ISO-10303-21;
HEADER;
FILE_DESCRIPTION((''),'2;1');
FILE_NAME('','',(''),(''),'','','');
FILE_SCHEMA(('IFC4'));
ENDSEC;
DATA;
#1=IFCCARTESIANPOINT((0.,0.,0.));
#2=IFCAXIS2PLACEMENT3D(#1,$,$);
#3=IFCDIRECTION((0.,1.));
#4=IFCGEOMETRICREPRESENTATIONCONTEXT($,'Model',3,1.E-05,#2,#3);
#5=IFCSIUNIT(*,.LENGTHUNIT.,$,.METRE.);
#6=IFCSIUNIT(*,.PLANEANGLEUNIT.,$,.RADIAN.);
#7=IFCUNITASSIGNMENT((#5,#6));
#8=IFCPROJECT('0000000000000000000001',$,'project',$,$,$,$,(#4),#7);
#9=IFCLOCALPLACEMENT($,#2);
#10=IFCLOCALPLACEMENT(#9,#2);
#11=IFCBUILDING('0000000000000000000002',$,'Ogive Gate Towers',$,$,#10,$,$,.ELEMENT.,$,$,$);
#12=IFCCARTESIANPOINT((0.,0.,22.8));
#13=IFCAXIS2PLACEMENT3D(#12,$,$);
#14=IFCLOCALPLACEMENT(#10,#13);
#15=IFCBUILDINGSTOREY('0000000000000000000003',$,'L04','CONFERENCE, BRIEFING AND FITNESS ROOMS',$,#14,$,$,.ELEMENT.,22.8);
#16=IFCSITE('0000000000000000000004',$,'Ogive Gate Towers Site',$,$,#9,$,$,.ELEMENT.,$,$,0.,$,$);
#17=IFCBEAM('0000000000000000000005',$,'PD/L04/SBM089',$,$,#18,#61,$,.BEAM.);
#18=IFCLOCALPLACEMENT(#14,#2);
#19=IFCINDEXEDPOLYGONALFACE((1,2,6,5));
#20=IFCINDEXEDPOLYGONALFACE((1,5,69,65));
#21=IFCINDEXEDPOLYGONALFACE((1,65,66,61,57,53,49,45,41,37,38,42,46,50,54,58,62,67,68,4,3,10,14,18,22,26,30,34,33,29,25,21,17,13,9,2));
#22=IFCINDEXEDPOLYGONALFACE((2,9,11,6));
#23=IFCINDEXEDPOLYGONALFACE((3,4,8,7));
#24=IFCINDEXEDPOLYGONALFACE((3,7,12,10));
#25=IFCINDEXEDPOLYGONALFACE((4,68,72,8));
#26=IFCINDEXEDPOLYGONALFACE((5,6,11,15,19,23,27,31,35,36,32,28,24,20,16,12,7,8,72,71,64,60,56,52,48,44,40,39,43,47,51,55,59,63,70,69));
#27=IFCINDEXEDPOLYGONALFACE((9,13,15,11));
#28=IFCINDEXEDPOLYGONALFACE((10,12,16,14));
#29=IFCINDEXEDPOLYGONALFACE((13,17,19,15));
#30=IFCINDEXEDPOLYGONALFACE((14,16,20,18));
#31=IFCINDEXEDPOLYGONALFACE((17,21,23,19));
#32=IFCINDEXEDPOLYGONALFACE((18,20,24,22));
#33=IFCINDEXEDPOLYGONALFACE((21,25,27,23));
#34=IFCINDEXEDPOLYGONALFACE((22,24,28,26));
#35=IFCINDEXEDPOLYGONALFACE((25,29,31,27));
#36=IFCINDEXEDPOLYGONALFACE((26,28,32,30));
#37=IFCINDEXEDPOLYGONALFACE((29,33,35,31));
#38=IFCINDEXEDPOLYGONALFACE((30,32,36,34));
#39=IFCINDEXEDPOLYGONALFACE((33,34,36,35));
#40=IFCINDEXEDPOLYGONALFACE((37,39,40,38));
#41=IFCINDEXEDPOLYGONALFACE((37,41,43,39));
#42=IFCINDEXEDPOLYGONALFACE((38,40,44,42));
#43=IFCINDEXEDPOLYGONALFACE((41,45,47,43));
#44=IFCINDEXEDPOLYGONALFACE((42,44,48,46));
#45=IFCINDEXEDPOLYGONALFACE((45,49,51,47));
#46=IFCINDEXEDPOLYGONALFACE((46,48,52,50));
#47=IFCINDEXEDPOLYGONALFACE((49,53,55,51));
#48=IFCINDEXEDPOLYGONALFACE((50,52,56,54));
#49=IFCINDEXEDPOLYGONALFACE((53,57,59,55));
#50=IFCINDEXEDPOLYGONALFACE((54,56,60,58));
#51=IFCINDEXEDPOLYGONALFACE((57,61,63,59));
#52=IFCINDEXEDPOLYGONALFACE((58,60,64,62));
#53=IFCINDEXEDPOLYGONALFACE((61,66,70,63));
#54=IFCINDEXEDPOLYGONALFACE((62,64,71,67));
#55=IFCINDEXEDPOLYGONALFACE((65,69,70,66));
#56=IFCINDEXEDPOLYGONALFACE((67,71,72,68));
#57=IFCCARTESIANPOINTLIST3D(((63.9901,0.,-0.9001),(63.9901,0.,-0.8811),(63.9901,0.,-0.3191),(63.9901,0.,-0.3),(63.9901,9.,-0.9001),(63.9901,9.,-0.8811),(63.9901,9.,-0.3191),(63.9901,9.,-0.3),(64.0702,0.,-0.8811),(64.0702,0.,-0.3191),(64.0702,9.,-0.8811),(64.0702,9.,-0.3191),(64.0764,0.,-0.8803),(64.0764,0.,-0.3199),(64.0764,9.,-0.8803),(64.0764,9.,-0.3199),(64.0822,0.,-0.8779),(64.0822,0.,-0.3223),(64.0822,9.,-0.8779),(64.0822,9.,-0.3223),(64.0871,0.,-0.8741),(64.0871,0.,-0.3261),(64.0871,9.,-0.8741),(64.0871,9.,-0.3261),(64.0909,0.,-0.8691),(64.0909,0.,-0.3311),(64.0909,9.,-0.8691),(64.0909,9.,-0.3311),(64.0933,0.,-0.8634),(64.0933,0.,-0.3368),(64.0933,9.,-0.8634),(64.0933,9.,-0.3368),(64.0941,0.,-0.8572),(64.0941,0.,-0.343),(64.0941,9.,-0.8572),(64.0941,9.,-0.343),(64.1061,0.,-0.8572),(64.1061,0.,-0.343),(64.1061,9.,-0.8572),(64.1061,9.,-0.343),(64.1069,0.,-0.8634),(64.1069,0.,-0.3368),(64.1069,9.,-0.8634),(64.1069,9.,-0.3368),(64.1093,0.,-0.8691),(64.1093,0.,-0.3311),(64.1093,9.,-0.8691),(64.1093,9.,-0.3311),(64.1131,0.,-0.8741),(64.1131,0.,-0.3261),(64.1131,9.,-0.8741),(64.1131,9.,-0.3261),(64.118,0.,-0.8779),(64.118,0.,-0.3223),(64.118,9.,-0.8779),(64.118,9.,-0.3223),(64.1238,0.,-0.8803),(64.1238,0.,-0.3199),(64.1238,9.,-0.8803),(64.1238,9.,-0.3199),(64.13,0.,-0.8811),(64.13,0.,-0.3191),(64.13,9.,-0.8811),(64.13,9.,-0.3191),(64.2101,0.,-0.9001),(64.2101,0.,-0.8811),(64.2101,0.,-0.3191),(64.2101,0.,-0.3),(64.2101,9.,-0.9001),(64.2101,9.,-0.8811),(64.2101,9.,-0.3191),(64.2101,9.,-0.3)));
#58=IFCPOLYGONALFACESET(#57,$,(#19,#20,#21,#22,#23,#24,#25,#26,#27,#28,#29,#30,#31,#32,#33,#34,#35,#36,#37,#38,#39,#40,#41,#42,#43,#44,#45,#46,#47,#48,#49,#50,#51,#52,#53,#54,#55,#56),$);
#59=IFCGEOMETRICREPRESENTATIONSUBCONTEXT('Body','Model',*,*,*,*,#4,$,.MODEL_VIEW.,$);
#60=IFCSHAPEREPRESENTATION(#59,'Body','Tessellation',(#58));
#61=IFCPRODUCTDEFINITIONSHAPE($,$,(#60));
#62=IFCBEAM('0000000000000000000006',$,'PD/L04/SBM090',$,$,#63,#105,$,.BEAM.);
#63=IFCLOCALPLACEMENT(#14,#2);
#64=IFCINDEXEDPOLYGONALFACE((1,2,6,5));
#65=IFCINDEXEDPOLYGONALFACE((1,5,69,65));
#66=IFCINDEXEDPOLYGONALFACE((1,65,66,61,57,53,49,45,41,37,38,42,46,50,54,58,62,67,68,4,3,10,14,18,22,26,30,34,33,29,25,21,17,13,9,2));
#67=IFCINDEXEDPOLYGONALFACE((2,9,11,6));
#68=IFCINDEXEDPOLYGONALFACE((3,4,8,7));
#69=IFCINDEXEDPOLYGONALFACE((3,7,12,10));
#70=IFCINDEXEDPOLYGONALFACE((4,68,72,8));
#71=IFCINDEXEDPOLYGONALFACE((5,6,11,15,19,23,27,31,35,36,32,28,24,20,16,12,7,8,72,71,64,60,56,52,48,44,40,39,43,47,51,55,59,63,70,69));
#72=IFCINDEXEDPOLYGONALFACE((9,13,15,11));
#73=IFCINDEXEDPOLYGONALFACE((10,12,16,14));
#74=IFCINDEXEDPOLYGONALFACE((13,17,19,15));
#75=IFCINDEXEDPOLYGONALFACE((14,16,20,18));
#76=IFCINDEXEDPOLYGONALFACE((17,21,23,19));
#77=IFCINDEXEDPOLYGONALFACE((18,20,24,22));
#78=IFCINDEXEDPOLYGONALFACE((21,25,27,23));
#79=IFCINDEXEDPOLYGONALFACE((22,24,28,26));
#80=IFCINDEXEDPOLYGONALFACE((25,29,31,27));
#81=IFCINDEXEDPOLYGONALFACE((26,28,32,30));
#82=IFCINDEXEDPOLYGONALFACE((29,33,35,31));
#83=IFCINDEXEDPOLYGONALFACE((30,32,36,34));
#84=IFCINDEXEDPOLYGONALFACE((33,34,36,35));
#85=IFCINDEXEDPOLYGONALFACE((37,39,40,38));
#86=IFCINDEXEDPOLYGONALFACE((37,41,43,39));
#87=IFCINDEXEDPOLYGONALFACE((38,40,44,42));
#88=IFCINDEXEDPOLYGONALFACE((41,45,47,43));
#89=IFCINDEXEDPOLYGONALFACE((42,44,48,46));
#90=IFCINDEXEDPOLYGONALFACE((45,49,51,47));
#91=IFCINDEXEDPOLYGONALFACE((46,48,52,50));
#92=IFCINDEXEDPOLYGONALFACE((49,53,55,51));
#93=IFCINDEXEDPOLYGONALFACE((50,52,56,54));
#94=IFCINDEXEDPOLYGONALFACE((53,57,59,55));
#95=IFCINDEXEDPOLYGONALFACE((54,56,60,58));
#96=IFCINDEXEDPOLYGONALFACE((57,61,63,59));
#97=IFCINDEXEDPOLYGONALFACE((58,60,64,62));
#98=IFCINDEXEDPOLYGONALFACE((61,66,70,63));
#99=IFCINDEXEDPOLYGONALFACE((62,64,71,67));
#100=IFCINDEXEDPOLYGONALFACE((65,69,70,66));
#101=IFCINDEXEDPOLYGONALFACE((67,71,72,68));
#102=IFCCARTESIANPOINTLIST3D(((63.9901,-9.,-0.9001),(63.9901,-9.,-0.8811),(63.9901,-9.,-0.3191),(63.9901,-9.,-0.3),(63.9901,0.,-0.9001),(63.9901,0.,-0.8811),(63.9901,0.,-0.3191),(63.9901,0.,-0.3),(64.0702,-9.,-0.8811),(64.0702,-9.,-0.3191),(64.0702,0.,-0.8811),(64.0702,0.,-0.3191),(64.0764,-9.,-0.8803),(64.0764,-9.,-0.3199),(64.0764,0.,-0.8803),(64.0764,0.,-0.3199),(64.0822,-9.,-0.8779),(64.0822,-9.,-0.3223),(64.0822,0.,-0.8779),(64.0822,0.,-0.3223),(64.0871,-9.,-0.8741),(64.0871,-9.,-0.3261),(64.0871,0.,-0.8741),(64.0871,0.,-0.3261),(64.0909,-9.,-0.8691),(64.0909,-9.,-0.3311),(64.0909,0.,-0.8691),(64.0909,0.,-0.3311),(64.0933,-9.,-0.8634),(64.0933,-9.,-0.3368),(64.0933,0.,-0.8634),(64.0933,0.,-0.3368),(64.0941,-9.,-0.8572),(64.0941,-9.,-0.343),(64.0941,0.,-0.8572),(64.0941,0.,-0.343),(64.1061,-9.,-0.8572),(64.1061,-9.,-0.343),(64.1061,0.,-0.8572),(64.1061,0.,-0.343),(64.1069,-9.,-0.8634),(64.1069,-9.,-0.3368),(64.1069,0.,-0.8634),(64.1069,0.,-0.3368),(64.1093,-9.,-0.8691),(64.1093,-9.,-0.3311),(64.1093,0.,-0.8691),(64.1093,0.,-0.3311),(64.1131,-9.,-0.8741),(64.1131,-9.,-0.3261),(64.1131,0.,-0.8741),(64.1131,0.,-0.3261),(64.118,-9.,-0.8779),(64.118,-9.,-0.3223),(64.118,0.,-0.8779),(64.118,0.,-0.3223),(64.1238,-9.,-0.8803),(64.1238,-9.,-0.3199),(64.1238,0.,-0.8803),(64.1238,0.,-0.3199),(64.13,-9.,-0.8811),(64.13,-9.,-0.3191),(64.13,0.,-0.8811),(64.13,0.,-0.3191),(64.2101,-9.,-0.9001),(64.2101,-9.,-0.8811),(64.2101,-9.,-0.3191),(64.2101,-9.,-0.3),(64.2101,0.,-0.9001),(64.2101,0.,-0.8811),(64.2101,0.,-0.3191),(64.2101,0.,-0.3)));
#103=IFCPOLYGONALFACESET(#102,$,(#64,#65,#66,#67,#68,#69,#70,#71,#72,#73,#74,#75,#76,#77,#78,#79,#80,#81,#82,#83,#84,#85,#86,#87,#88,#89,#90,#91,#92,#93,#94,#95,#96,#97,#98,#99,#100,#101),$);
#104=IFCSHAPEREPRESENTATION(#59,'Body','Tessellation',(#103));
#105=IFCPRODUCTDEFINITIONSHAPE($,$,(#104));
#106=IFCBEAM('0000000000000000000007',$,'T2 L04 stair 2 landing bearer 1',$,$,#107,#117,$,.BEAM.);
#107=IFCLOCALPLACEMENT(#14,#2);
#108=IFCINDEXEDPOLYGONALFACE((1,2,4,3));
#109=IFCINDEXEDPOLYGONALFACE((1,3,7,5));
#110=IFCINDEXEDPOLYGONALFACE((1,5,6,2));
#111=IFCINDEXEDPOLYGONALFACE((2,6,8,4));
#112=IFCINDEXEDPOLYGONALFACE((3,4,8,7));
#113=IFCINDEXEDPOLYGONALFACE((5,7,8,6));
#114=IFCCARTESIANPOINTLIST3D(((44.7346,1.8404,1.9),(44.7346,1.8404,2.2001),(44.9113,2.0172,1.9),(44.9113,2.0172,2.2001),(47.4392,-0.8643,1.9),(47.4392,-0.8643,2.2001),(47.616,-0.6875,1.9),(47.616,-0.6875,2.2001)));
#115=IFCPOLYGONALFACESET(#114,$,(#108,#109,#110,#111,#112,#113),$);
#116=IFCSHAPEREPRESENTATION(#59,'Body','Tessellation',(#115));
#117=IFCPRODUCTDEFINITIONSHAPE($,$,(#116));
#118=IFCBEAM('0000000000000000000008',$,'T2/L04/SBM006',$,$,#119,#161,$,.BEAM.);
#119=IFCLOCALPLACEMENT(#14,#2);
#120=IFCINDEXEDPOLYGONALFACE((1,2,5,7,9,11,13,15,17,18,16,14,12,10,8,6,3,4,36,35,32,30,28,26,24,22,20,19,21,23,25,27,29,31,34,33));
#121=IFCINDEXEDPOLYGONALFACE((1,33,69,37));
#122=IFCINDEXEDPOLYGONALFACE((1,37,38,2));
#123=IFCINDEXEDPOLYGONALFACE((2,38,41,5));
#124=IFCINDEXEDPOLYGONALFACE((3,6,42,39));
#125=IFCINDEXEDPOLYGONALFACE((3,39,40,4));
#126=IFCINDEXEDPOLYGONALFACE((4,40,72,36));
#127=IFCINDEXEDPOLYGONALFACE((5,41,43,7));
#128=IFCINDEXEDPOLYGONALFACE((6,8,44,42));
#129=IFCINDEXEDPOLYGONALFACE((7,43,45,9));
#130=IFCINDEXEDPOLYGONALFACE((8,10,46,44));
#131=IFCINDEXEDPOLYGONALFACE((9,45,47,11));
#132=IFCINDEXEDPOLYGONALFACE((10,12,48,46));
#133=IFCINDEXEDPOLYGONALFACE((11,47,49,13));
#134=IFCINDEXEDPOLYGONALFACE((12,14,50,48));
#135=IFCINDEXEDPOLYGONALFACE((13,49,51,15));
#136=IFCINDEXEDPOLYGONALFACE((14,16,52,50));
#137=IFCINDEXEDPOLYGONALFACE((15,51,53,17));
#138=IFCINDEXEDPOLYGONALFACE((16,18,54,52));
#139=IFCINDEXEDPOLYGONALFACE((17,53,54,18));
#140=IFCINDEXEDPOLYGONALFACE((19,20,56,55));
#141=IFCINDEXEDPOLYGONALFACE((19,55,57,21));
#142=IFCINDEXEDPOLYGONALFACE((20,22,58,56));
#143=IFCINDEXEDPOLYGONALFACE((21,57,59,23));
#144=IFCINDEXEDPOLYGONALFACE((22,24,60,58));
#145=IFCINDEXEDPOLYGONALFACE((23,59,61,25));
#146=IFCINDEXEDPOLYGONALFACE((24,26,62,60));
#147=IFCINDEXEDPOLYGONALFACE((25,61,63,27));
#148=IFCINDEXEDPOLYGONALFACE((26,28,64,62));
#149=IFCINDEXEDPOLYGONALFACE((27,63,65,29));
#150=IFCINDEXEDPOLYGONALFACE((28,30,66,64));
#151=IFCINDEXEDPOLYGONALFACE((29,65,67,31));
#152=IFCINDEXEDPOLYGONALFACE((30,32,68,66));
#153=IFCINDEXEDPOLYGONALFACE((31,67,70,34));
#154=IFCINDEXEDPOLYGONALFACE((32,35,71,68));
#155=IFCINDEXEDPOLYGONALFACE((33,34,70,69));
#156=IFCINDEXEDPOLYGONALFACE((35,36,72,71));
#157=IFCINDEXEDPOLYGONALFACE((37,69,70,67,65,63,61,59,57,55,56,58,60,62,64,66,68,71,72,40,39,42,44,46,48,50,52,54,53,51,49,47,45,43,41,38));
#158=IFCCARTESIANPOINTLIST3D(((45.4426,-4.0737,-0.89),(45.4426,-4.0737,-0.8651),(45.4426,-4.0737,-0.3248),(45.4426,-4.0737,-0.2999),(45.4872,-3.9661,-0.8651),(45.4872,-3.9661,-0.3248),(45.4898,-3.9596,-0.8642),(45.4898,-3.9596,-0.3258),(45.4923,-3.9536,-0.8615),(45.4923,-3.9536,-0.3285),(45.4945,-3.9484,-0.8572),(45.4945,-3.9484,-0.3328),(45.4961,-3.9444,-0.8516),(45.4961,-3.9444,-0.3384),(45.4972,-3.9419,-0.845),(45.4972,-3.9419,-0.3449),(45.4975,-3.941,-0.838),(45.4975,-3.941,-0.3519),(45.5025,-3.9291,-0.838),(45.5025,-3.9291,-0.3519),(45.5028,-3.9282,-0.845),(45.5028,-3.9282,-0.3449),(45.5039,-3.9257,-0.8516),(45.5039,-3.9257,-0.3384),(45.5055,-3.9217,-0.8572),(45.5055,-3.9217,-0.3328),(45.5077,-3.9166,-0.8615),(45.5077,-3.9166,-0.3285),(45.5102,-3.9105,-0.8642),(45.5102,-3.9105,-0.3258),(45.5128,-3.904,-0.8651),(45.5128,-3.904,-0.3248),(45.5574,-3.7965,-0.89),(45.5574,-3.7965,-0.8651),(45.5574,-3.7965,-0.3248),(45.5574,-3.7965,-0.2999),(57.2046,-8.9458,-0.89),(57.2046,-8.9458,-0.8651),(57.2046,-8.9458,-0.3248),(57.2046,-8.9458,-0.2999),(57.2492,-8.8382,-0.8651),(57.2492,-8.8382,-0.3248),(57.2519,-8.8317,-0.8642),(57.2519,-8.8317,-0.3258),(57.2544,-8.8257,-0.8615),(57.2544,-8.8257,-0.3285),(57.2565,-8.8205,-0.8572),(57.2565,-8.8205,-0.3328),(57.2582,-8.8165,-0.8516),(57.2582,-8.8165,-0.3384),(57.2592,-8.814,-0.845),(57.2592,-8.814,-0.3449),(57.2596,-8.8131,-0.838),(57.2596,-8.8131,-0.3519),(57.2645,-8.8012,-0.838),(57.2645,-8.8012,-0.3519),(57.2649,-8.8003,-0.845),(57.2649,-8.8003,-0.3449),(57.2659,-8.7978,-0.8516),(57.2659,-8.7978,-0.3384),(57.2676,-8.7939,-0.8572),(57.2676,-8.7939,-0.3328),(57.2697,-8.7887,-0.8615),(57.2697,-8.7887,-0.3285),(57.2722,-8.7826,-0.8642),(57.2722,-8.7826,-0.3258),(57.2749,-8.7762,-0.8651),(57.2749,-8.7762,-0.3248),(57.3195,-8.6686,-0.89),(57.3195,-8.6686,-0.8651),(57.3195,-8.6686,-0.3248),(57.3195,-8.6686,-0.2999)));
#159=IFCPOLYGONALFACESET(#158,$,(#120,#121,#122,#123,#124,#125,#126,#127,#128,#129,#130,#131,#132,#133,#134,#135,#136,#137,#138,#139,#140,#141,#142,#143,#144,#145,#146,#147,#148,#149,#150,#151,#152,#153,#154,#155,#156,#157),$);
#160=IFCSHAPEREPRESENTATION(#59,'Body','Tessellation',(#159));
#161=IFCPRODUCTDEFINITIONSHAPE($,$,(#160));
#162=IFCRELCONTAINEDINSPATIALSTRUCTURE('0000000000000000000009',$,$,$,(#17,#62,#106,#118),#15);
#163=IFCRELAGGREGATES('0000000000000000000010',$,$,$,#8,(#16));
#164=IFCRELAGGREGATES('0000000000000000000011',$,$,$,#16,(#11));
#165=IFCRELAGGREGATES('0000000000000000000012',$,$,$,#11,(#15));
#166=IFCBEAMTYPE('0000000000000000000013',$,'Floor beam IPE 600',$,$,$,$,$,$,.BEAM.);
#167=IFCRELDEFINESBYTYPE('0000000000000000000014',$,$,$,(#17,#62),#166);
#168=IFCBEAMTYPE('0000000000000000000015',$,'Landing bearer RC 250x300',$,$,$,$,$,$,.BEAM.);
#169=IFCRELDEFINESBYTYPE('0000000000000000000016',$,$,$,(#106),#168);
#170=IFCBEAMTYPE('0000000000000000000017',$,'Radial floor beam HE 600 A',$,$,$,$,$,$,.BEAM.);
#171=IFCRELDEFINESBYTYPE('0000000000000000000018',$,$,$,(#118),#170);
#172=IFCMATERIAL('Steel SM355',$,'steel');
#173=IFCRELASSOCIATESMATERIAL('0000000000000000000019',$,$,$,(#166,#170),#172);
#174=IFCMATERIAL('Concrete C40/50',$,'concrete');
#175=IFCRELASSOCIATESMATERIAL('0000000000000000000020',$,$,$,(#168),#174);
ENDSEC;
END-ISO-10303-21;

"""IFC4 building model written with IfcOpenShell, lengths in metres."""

from ifc_helpers import new_model, si_unit, direction, frame, origin, origin_2d, place, context, subcontext, project, spatial, rectangle, i_section, extrude, material, material_profile, profile_set, type_object, element, save


model = new_model("IFC4")

# Units and contexts
model_context = context("Model", 3, precision=1e-05, world=origin(), true_north=direction((0.0, 1.0)))
body_context = subcontext(model_context, "Body", "Model", "MODEL_VIEW")
ifc_project = project(units=[si_unit("LENGTHUNIT", "METRE"), si_unit("PLANEANGLEUNIT", "RADIAN")], contexts=[model_context])

# Site, building, storey
site_placement = place(None, origin())
site = spatial("IfcSite", under=ifc_project, at=site_placement, Name="Ogive Gate Towers Site", CompositionType="ELEMENT", RefElevation=0.0)
building_placement = place(site_placement, origin())
building = spatial("IfcBuilding", under=site, at=building_placement, Name="Ogive Gate Towers", CompositionType="ELEMENT")
storey_placement = place(building_placement, frame((0.0, 0.0, 22.8)))
storey = spatial("IfcBuildingStorey", under=building, at=storey_placement, Name="L04", Description="CONFERENCE, BRIEFING AND FITNESS ROOMS", CompositionType="ELEMENT", Elevation=22.8)

# Beams
ifc_material_1 = material(Name="Steel SM355", Category="steel")
ifc_material_profile_1 = material_profile(ifc_material_1, i_section(OverallWidth=0.22, OverallDepth=0.6001, WebThickness=0.012, FlangeThickness=0.019, FilletRadius=0.0239, at=origin_2d()), Name="IPE 600")
ifc_profile_set_1 = profile_set([ifc_material_profile_1], Name="Steel SM355")
beam_type_1 = type_object("IfcBeamType", Name="Floor beam IPE 600", PredefinedType="BEAM", material=ifc_profile_set_1)
for number, where, z_axis, x_axis, name in (
    (1, (64.1001, 9.0, -0.6001), (0.0, -1.0, 0.0), (1.0, 0.0, 0.0), "PD/L04/SBM089"),
    (2, (64.1001, 0.0, -0.6001), (0.0, -1.0, 0.0), (1.0, 0.0, 0.0), "PD/L04/SBM090"),
):
    element("IfcBeam", number, at=place(storey_placement, frame(where, z_axis=z_axis, x_axis=x_axis)), inside=storey, type_object=beam_type_1, Name=name, PredefinedType="BEAM", context=body_context, shape_type="SweptSolid", body=[
        extrude(i_section(OverallWidth=0.22, OverallDepth=0.6001, WebThickness=0.012, FlangeThickness=0.019, FilletRadius=0.0239, at=origin_2d()), origin(), (0.0, 0.0, 1.0), 9.0),
    ])
ifc_material_2 = material(Name="Concrete C40/50", Category="concrete")
ifc_material_profile_2 = material_profile(ifc_material_2, rectangle(XDim=0.25, YDim=0.3, at=origin_2d()), Name="RC 250x300")
ifc_profile_set_2 = profile_set([ifc_material_profile_2], Name="Concrete C40/50")
beam_type_2 = type_object("IfcBeamType", Name="Landing bearer RC 250x300", PredefinedType="BEAM", material=ifc_profile_set_2)
beam_1_placement = place(storey_placement, frame((47.5276, -0.7759, 2.05), z_axis=(-0.707107, 0.707107, 0.0), x_axis=(-0.707107, -0.707107, 0.0)))
element("IfcBeam", 3, at=beam_1_placement, inside=storey, type_object=beam_type_2, Name="T2 L04 stair 2 landing bearer 1", PredefinedType="BEAM", context=body_context, shape_type="SweptSolid", body=[
    extrude(rectangle(XDim=0.25, YDim=0.3, at=origin_2d()), origin(), (0.0, 0.0, 1.0), 3.825),
])
ifc_material_profile_3 = material_profile(ifc_material_1, i_section(OverallWidth=0.3, OverallDepth=0.5901, WebThickness=0.0129, FlangeThickness=0.0249, FilletRadius=0.0271, at=origin_2d()), Name="HE 600 A")
ifc_profile_set_3 = profile_set([ifc_material_profile_3], Name="Steel SM355")
beam_type_3 = type_object("IfcBeamType", Name="Radial floor beam HE 600 A", PredefinedType="BEAM", material=ifc_profile_set_3)
for number, where, z_axis, x_axis, name in (
    (4, (45.5, -3.9351, -0.595), (0.923877, -0.382691, 0.0), (0.382691, 0.923877, 0.0), "T2/L04/SBM006"),
):
    element("IfcBeam", number, at=place(storey_placement, frame(where, z_axis=z_axis, x_axis=x_axis)), inside=storey, type_object=beam_type_3, Name=name, PredefinedType="BEAM", context=body_context, shape_type="SweptSolid", body=[
        extrude(i_section(OverallWidth=0.3, OverallDepth=0.5901, WebThickness=0.0129, FlangeThickness=0.0249, FilletRadius=0.0271, at=origin_2d()), origin(), (0.0, 0.0, 1.0), 12.7312),
    ])

save(model, "model.ifc")
